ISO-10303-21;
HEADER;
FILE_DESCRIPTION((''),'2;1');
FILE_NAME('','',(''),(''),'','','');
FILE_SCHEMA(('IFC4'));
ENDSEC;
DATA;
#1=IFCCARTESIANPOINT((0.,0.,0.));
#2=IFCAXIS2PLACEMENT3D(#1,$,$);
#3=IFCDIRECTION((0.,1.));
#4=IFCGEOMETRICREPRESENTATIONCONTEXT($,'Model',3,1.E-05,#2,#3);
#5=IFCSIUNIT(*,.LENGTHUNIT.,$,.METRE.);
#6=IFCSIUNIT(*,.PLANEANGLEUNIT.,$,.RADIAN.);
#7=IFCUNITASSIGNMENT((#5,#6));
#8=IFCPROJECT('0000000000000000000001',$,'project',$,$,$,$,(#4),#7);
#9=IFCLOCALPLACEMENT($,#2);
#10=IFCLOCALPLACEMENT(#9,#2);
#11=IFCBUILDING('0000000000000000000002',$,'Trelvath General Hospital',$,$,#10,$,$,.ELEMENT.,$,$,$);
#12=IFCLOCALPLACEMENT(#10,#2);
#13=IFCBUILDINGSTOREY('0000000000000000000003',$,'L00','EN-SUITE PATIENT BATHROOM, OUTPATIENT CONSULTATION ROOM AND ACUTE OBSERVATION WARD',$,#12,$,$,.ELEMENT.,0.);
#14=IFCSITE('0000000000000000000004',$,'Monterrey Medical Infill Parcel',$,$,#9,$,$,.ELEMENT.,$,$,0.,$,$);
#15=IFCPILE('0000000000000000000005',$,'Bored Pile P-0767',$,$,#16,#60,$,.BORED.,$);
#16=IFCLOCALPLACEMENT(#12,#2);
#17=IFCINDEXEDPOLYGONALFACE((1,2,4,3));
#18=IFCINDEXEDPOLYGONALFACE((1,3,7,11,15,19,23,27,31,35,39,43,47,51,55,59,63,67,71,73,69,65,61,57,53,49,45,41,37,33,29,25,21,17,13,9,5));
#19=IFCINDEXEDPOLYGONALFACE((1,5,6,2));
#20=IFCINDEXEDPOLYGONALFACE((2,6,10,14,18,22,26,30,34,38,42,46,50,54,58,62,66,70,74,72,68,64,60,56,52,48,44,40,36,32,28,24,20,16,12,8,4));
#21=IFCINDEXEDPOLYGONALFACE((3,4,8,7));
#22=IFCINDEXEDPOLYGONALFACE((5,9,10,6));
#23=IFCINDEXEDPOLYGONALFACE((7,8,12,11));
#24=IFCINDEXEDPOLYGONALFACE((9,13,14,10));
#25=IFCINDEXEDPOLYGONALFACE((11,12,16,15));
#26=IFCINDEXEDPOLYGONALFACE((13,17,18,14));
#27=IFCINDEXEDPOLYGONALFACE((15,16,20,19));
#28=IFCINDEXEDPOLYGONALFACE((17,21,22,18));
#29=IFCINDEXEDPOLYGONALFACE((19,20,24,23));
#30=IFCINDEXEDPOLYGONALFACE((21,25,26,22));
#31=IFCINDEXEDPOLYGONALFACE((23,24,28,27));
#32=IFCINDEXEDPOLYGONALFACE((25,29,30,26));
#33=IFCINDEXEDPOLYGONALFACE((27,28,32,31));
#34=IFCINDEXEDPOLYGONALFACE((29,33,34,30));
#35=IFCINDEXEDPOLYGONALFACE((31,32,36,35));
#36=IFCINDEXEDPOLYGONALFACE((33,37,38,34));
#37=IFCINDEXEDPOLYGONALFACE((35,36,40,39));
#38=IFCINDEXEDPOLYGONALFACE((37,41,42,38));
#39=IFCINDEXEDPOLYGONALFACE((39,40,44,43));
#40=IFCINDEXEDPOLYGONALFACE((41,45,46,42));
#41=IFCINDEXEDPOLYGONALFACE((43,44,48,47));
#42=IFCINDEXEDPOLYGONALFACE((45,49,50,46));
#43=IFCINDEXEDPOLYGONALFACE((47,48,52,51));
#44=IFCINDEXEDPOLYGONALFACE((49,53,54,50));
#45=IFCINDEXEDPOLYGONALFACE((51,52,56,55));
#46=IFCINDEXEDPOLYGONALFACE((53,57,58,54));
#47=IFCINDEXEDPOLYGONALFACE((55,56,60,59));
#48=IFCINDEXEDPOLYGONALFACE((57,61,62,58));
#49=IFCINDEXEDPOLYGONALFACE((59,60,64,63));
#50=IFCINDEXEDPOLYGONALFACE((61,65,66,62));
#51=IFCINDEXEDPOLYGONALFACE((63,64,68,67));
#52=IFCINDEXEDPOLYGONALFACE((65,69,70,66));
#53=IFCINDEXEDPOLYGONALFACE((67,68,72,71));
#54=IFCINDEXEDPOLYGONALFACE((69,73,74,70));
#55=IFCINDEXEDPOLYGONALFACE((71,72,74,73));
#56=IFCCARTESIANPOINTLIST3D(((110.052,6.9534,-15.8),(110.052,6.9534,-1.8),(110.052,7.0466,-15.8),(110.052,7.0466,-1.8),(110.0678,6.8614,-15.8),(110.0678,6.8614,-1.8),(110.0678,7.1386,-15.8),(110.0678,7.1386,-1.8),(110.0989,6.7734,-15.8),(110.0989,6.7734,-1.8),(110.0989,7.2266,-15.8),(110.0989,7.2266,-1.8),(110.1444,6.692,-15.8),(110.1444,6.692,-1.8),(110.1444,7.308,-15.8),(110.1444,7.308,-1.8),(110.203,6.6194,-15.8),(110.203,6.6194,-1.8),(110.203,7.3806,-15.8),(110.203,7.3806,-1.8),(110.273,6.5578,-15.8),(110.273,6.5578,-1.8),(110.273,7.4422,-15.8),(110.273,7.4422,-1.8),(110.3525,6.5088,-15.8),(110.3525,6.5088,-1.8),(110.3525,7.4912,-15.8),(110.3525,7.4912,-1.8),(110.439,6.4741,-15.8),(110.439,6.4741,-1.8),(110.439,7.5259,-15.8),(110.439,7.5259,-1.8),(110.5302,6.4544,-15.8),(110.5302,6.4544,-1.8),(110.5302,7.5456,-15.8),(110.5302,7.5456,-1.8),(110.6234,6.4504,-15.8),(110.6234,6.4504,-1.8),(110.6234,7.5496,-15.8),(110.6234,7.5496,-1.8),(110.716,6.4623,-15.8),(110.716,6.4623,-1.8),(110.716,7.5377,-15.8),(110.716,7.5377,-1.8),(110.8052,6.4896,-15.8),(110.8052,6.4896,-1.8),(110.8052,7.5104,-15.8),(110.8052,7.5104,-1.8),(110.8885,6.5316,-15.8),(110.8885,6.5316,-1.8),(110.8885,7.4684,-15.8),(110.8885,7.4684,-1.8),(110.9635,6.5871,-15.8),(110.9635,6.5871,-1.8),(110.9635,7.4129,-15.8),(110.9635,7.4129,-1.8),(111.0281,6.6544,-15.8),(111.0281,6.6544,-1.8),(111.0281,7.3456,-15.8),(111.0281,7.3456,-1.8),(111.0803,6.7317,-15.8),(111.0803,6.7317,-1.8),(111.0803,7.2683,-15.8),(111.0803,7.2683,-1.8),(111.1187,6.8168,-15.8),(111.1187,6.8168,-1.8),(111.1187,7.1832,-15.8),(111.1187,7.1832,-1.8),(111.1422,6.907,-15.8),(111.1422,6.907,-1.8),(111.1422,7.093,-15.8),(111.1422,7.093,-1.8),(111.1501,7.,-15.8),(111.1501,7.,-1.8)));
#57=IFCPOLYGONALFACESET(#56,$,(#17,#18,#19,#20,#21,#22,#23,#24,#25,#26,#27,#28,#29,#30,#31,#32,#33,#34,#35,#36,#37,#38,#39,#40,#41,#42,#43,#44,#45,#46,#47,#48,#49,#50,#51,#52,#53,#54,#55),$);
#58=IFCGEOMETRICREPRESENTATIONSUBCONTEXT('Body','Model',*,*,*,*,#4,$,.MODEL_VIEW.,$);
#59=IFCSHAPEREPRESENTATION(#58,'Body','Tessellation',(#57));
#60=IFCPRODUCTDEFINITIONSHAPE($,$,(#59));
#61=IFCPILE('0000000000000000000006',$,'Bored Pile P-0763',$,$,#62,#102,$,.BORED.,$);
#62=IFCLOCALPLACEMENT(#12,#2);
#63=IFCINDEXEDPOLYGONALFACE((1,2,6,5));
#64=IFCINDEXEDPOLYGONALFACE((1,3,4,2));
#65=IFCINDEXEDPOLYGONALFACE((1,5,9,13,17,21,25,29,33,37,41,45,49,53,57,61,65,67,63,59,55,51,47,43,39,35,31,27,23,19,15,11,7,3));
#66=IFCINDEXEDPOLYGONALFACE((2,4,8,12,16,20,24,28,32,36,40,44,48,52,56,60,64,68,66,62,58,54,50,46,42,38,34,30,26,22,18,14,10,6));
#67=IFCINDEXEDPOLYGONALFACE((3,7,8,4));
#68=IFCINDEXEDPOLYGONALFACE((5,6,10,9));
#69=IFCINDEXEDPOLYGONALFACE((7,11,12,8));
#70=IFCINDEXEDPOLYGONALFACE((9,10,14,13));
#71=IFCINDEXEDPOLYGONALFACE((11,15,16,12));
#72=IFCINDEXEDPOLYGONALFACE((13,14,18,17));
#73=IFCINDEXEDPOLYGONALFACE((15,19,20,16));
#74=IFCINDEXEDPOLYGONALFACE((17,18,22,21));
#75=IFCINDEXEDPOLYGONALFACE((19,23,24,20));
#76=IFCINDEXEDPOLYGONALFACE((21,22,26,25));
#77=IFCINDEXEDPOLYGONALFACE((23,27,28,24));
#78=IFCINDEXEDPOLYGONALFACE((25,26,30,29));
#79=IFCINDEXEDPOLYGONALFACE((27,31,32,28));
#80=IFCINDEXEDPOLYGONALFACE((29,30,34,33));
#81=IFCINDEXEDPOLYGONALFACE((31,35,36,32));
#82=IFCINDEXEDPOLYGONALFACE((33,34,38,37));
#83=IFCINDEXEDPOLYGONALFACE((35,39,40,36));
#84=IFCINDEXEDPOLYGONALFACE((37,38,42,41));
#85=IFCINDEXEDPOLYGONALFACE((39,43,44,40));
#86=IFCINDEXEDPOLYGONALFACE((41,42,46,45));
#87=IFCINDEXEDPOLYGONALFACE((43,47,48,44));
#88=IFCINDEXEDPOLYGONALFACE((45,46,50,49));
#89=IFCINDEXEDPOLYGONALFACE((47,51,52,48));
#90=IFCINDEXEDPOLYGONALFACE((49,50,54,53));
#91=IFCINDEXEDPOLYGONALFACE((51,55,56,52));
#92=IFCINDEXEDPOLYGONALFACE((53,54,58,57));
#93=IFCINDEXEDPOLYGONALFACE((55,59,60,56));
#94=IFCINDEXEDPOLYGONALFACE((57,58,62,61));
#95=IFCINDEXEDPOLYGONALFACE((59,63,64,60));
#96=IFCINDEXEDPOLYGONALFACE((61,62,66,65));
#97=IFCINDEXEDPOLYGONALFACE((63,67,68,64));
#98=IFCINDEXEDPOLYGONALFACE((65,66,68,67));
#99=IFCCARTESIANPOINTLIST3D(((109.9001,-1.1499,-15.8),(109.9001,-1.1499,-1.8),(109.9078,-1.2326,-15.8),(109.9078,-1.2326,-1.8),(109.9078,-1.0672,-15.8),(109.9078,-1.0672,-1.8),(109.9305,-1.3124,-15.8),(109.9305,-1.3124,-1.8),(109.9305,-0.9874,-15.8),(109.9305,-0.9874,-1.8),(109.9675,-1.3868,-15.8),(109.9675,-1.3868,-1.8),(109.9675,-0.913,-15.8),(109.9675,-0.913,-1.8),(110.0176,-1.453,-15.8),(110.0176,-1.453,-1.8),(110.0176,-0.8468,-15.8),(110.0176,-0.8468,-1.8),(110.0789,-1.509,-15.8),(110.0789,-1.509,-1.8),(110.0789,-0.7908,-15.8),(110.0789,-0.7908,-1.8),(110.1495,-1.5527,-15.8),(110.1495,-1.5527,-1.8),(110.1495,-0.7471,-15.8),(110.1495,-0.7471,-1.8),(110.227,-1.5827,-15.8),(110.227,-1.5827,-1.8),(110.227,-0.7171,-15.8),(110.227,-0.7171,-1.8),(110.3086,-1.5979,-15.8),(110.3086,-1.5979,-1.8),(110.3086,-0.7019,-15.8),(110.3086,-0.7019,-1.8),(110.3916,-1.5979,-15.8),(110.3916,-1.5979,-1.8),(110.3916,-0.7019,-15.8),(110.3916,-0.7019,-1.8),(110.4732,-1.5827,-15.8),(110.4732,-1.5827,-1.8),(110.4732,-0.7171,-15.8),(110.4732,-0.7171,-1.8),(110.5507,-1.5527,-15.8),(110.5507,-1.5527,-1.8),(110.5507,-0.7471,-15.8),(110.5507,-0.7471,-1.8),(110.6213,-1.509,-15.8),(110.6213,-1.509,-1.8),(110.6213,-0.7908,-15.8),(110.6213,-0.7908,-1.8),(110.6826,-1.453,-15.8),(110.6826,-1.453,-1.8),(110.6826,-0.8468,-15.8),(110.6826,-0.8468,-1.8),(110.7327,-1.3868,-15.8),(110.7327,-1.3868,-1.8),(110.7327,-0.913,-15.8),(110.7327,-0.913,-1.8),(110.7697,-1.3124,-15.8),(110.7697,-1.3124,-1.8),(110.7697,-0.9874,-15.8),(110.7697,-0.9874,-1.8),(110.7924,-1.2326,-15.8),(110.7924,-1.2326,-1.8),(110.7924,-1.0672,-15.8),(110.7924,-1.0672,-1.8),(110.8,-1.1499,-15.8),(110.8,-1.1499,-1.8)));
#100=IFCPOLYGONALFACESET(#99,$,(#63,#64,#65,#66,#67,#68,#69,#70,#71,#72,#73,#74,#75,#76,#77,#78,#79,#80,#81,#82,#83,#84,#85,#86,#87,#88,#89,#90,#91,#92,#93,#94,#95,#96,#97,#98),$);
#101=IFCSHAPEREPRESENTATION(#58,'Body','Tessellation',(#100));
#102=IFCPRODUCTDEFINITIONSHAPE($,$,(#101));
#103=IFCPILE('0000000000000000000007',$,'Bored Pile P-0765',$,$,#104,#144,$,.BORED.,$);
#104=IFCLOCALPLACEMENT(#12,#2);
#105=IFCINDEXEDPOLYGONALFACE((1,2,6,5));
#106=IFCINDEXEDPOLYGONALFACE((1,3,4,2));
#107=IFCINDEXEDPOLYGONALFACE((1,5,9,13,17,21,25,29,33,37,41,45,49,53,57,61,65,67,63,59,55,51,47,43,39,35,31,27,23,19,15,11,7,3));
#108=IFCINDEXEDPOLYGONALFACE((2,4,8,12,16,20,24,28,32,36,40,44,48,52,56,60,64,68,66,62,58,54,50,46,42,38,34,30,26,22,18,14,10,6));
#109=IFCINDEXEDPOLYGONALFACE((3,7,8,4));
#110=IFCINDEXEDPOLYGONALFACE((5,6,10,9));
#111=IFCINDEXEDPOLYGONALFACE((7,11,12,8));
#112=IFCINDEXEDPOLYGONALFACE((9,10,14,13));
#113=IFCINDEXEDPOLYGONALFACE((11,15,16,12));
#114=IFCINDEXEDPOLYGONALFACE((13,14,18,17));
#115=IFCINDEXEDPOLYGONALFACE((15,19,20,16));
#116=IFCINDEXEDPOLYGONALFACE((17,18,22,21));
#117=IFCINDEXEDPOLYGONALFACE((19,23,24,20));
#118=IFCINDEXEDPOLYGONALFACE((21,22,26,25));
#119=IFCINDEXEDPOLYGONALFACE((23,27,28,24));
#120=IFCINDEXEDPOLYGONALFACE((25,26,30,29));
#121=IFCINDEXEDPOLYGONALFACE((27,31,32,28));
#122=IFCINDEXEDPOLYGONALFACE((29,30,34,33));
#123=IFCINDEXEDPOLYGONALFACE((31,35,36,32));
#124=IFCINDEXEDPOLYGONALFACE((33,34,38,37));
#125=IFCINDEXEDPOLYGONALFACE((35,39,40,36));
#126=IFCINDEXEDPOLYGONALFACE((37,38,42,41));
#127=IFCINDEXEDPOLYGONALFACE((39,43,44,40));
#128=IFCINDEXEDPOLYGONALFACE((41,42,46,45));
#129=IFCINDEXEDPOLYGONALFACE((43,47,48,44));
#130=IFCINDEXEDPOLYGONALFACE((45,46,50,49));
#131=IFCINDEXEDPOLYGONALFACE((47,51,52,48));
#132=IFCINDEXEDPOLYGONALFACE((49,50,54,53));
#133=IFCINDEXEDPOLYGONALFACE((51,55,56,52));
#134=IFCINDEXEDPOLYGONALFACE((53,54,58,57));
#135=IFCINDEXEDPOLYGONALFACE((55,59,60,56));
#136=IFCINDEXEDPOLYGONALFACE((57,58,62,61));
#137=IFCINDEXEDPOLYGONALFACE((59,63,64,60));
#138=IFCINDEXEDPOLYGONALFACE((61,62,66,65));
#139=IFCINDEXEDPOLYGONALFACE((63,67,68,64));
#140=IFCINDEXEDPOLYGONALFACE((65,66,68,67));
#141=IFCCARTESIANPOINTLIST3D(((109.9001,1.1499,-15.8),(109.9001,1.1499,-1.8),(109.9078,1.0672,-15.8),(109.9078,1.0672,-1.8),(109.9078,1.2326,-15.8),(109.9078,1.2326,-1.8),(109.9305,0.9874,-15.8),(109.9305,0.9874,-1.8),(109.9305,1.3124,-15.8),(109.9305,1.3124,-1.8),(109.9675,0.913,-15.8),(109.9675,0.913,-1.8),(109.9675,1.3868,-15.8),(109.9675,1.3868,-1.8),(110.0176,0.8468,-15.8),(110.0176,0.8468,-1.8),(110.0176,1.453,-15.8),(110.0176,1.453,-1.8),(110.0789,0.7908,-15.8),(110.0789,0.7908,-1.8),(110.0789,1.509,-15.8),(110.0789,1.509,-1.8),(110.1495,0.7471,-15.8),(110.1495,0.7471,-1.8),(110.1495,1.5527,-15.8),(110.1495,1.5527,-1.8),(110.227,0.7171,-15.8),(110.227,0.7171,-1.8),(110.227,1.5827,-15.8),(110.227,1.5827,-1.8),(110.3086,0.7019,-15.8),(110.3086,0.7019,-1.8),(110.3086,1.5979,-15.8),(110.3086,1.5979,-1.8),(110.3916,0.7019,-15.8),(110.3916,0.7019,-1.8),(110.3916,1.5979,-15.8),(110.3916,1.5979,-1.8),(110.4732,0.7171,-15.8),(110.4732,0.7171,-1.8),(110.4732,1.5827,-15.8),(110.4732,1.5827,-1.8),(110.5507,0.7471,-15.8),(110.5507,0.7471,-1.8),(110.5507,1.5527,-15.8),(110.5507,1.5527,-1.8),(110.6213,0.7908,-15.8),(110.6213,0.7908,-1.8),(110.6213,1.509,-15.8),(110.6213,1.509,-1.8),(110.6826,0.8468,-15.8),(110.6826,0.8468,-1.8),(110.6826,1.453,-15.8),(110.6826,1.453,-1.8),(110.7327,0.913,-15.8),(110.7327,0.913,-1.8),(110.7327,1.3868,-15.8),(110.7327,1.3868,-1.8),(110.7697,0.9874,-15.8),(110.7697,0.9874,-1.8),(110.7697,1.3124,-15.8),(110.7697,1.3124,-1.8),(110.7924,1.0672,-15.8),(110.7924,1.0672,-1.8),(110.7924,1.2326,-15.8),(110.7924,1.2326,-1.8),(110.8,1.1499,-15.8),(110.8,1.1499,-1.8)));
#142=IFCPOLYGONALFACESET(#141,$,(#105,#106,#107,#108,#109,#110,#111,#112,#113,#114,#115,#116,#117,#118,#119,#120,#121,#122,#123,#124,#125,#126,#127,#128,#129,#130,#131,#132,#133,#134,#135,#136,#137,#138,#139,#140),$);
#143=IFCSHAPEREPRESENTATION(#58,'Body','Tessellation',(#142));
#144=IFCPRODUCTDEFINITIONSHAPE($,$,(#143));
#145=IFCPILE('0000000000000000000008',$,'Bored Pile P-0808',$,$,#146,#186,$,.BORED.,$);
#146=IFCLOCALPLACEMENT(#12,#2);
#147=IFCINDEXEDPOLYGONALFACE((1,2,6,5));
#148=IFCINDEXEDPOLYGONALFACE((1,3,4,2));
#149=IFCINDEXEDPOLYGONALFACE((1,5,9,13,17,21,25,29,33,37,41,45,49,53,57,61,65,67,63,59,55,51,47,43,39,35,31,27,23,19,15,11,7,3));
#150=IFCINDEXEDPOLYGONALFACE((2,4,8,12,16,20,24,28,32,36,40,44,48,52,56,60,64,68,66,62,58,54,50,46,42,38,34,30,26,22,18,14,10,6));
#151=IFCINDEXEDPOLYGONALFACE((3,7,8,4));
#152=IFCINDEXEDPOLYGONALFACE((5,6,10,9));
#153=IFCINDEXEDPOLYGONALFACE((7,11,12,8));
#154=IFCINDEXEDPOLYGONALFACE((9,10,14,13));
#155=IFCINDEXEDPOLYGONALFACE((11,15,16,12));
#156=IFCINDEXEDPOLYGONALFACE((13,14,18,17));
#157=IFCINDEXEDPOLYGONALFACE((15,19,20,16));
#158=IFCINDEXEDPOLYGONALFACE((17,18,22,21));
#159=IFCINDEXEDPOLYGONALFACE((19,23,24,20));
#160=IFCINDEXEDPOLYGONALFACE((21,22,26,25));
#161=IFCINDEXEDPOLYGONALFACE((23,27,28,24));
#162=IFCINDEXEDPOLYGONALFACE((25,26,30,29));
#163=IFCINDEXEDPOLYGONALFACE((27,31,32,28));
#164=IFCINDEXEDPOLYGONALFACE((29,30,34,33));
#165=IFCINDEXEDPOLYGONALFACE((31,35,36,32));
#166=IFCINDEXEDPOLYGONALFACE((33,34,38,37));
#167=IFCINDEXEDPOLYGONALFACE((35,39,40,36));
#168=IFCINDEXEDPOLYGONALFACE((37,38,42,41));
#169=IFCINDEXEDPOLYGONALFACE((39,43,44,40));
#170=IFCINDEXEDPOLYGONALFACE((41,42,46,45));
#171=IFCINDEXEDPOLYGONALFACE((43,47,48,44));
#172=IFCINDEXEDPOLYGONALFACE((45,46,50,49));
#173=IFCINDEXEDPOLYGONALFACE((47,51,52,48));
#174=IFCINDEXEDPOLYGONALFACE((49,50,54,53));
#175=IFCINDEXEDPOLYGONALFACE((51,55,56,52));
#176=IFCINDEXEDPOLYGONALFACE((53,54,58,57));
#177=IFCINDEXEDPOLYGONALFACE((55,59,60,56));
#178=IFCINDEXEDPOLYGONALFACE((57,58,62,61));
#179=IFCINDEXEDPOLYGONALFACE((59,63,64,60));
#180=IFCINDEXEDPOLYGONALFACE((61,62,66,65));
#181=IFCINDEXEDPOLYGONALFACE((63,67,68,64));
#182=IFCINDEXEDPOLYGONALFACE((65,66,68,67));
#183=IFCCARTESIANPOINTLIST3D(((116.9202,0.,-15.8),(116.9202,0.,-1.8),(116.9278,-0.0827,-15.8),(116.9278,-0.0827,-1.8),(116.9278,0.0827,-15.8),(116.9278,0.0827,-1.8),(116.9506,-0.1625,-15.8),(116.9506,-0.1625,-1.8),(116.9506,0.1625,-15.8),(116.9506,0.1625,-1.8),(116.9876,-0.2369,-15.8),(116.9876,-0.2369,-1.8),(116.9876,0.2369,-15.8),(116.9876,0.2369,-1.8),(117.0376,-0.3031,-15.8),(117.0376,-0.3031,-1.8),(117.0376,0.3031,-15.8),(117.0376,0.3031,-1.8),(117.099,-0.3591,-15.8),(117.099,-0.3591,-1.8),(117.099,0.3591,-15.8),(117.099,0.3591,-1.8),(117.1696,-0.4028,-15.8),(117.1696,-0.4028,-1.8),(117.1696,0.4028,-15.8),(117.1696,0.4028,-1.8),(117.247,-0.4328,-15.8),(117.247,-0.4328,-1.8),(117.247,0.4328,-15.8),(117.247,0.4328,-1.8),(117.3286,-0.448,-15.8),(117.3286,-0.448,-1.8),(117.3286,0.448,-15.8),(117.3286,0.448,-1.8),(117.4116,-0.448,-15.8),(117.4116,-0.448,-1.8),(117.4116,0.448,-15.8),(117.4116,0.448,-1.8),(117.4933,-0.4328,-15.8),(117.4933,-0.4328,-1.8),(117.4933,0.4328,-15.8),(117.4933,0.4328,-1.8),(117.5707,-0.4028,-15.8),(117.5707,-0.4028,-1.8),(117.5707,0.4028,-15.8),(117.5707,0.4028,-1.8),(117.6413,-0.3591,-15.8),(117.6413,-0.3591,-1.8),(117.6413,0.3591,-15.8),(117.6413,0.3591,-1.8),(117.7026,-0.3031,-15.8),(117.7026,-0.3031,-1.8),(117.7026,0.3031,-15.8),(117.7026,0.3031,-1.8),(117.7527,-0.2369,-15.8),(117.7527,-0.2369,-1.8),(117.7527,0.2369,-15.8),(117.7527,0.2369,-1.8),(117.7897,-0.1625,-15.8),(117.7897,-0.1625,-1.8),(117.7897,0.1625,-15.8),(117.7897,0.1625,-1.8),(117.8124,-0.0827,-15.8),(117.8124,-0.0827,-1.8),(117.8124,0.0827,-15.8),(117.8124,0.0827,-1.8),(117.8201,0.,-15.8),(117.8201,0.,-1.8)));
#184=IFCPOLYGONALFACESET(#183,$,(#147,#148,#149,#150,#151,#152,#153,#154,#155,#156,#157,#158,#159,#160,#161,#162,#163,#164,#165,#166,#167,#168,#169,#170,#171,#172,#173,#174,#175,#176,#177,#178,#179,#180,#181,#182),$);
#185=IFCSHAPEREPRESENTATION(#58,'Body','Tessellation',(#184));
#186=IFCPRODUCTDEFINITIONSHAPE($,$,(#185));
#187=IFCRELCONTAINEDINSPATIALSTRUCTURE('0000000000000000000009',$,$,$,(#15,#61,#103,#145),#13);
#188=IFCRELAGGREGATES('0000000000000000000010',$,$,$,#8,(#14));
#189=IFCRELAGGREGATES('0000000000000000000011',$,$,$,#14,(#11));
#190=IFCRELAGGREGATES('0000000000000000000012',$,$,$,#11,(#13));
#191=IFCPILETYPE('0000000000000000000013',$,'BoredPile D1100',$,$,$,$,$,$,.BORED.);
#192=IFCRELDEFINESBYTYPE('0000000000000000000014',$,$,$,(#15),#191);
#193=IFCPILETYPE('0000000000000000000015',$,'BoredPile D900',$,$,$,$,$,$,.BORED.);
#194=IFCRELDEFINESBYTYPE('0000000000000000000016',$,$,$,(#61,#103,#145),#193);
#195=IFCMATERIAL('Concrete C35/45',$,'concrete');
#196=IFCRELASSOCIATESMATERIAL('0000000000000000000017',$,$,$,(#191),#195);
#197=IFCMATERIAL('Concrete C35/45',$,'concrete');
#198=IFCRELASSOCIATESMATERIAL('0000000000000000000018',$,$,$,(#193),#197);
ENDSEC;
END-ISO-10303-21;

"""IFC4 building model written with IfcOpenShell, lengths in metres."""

from ifc_helpers import new_model, si_unit, direction, frame, origin, origin_2d, place, context, subcontext, project, spatial, circle, extrude, material, material_profile, profile_set, type_object, element, save


model = new_model("IFC4")

# Units and contexts
model_context = context("Model", 3, precision=1e-05, world=origin(), true_north=direction((0.0, 1.0)))
body_context = subcontext(model_context, "Body", "Model", "MODEL_VIEW")
ifc_project = project(units=[si_unit("LENGTHUNIT", "METRE"), si_unit("PLANEANGLEUNIT", "RADIAN")], contexts=[model_context])

# Site, building, storey
site_placement = place(None, origin())
site = spatial("IfcSite", under=ifc_project, at=site_placement, Name="Monterrey Medical Infill Parcel", CompositionType="ELEMENT", RefElevation=0.0)
building_placement = place(site_placement, origin())
building = spatial("IfcBuilding", under=site, at=building_placement, Name="Trelvath General Hospital", CompositionType="ELEMENT")
storey_placement = place(building_placement, origin())
storey = spatial("IfcBuildingStorey", under=building, at=storey_placement, Name="L00", Description="EN-SUITE PATIENT BATHROOM, OUTPATIENT CONSULTATION ROOM AND ACUTE OBSERVATION WARD", CompositionType="ELEMENT", Elevation=0.0)

# Piles
ifc_material_1 = material(Name="Concrete C35/45", Category="concrete")
ifc_material_profile_1 = material_profile(ifc_material_1, circle(Radius=0.55, at=origin_2d()), Name="PILE1100")
ifc_profile_set_1 = profile_set([ifc_material_profile_1], Name="Concrete C35/45")
pile_type_1 = type_object("IfcPileType", Name="BoredPile D1100", PredefinedType="BORED", material=ifc_profile_set_1)
pile_placement = place(storey_placement, frame((110.6001, 7.0, -1.8), z_axis=(0.0, 0.0, -1.0), x_axis=(1.0, 0.0, 0.0)))
element("IfcPile", 1, at=pile_placement, inside=storey, type_object=pile_type_1, Name="Bored Pile P-0767", PredefinedType="BORED", context=body_context, shape_type="SweptSolid", body=[
    extrude(circle(Radius=0.55, at=origin_2d()), origin(), (0.0, 0.0, 1.0), 14.0),
])
ifc_material_2 = material(Name="Concrete C35/45", Category="concrete")
ifc_material_profile_2 = material_profile(ifc_material_2, circle(Radius=0.45, at=origin_2d()), Name="PILE900")
ifc_profile_set_2 = profile_set([ifc_material_profile_2], Name="Concrete C35/45")
pile_type_2 = type_object("IfcPileType", Name="BoredPile D900", PredefinedType="BORED", material=ifc_profile_set_2)
for number, where, z_axis, x_axis, name in (
    (2, (110.3501, -1.1499, -1.8), (0.0, 0.0, -1.0), (1.0, 0.0, 0.0), "Bored Pile P-0763"),
    (3, (110.3501, 1.1499, -1.8), (0.0, 0.0, -1.0), (1.0, 0.0, 0.0), "Bored Pile P-0765"),
    (4, (117.3701, 0.0, -1.8), (0.0, 0.0, -1.0), (1.0, 0.0, 0.0), "Bored Pile P-0808"),
):
    element("IfcPile", number, at=place(storey_placement, frame(where, z_axis=z_axis, x_axis=x_axis)), inside=storey, type_object=pile_type_2, Name=name, PredefinedType="BORED", context=body_context, shape_type="SweptSolid", body=[
        extrude(circle(Radius=0.45, at=origin_2d()), origin(), (0.0, 0.0, 1.0), 14.0),
    ])

save(model, "model.ifc")
